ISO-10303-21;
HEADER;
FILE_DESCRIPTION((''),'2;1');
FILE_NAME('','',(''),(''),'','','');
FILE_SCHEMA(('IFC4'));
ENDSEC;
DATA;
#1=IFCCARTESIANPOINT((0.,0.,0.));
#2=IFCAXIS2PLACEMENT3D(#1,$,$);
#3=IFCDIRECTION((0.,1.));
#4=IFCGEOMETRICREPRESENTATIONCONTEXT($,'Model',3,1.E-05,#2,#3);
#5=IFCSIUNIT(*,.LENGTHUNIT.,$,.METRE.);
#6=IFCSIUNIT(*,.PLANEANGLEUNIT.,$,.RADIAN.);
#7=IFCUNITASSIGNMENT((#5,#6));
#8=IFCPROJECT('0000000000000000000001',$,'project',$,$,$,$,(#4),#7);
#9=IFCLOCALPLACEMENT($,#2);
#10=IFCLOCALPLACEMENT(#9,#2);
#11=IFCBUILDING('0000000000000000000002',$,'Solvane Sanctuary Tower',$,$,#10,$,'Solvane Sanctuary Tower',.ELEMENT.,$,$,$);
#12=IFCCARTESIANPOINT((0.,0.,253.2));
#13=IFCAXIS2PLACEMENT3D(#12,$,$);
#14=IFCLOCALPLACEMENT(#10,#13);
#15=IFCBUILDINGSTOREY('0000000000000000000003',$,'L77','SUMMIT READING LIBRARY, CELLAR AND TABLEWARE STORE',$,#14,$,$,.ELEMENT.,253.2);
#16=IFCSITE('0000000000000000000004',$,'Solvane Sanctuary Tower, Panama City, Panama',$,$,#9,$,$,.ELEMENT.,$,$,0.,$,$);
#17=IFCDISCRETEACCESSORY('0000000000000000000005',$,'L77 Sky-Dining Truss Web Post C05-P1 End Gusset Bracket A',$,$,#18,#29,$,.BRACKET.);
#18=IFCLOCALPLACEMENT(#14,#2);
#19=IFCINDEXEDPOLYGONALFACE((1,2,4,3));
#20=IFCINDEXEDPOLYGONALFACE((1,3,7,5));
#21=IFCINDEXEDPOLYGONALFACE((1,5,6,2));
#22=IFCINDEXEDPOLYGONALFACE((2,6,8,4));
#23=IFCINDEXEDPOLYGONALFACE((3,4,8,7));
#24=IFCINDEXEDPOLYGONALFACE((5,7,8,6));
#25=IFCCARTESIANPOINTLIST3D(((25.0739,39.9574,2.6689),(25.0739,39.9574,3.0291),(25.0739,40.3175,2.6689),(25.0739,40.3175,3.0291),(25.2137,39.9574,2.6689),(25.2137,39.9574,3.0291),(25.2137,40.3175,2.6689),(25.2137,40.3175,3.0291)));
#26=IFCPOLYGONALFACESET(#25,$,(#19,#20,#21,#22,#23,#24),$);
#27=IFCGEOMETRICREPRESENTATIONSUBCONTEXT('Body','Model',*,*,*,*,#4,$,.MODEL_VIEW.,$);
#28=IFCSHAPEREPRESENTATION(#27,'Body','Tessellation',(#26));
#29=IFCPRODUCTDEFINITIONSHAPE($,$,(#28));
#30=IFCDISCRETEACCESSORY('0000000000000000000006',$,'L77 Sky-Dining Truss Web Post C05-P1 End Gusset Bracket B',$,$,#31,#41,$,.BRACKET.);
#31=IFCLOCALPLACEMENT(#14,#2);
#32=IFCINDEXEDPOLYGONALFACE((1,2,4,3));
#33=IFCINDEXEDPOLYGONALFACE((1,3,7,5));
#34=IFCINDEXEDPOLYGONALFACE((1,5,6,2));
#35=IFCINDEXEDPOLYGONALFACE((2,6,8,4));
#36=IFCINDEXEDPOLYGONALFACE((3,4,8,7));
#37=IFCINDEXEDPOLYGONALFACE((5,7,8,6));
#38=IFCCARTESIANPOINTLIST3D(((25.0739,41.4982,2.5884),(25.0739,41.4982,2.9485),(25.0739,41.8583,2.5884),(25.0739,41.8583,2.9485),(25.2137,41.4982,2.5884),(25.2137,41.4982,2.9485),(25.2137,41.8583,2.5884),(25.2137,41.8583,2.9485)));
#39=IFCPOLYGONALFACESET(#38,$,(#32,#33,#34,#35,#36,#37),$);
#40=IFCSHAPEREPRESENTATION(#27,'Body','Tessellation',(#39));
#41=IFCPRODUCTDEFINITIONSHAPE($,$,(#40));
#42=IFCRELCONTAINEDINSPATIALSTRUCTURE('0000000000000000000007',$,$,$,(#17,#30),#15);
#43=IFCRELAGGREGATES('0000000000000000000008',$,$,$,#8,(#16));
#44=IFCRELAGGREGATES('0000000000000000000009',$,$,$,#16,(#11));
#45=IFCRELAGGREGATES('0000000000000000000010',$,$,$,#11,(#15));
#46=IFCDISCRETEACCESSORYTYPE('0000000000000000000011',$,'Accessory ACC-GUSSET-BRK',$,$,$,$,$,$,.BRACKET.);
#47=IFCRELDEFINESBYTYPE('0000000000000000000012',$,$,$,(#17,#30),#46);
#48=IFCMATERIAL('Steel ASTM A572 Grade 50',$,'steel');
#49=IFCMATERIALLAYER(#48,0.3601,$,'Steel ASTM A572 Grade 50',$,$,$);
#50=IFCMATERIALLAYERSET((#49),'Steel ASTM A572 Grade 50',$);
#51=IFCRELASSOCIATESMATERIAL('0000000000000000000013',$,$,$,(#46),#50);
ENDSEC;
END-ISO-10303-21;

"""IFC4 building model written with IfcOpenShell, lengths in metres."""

from ifc_helpers import new_model, si_unit, direction, frame, origin, origin_2d, place, context, subcontext, project, spatial, rectangle, extrude, material, layer, layer_set, type_object, element, save


model = new_model("IFC4")

# Units and contexts
model_context = context("Model", 3, precision=1e-05, world=origin(), true_north=direction((0.0, 1.0)))
body_context = subcontext(model_context, "Body", "Model", "MODEL_VIEW")
ifc_project = project(units=[si_unit("LENGTHUNIT", "METRE"), si_unit("PLANEANGLEUNIT", "RADIAN")], contexts=[model_context])

# Site, building, storey
site_placement = place(None, origin())
site = spatial("IfcSite", under=ifc_project, at=site_placement, Name="Solvane Sanctuary Tower, Panama City, Panama", CompositionType="ELEMENT", RefElevation=0.0)
building_placement = place(site_placement, origin())
building = spatial("IfcBuilding", under=site, at=building_placement, Name="Solvane Sanctuary Tower", LongName="Solvane Sanctuary Tower", CompositionType="ELEMENT")
storey_placement = place(building_placement, frame((0.0, 0.0, 253.2)))
storey = spatial("IfcBuildingStorey", under=building, at=storey_placement, Name="L77", Description="SUMMIT READING LIBRARY, CELLAR AND TABLEWARE STORE", CompositionType="ELEMENT", Elevation=253.2)

# Discrete accessories
ifc_material_1 = material(Name="Steel ASTM A572 Grade 50", Category="steel")
ifc_layer_1 = layer(ifc_material_1, 0.3601, Name="Steel ASTM A572 Grade 50")
ifc_layer_set_1 = layer_set([ifc_layer_1], Name="Steel ASTM A572 Grade 50")
discrete_accessory_type = type_object("IfcDiscreteAccessoryType", Name="Accessory ACC-GUSSET-BRK", PredefinedType="BRACKET", material=ifc_layer_set_1)
for number, where, z_axis, x_axis, name in (
    (1, (25.1438, 40.1375, 2.6689), (0.0, 0.0, 1.0), (0.0, 1.0, 0.0), "L77 Sky-Dining Truss Web Post C05-P1 End Gusset Bracket A"),
    (2, (25.1438, 41.6782, 2.5884), (0.0, 0.0, 1.0), (0.0, 1.0, 0.0), "L77 Sky-Dining Truss Web Post C05-P1 End Gusset Bracket B"),
):
    element("IfcDiscreteAccessory", number, at=place(storey_placement, frame(where, z_axis=z_axis, x_axis=x_axis)), inside=storey, type_object=discrete_accessory_type, Name=name, PredefinedType="BRACKET", context=body_context, shape_type="SweptSolid", body=[
        extrude(rectangle(XDim=0.3601, YDim=0.1399, at=origin_2d()), origin(), (0.0, 0.0, 1.0), 0.3601),
    ])

save(model, "model.ifc")
